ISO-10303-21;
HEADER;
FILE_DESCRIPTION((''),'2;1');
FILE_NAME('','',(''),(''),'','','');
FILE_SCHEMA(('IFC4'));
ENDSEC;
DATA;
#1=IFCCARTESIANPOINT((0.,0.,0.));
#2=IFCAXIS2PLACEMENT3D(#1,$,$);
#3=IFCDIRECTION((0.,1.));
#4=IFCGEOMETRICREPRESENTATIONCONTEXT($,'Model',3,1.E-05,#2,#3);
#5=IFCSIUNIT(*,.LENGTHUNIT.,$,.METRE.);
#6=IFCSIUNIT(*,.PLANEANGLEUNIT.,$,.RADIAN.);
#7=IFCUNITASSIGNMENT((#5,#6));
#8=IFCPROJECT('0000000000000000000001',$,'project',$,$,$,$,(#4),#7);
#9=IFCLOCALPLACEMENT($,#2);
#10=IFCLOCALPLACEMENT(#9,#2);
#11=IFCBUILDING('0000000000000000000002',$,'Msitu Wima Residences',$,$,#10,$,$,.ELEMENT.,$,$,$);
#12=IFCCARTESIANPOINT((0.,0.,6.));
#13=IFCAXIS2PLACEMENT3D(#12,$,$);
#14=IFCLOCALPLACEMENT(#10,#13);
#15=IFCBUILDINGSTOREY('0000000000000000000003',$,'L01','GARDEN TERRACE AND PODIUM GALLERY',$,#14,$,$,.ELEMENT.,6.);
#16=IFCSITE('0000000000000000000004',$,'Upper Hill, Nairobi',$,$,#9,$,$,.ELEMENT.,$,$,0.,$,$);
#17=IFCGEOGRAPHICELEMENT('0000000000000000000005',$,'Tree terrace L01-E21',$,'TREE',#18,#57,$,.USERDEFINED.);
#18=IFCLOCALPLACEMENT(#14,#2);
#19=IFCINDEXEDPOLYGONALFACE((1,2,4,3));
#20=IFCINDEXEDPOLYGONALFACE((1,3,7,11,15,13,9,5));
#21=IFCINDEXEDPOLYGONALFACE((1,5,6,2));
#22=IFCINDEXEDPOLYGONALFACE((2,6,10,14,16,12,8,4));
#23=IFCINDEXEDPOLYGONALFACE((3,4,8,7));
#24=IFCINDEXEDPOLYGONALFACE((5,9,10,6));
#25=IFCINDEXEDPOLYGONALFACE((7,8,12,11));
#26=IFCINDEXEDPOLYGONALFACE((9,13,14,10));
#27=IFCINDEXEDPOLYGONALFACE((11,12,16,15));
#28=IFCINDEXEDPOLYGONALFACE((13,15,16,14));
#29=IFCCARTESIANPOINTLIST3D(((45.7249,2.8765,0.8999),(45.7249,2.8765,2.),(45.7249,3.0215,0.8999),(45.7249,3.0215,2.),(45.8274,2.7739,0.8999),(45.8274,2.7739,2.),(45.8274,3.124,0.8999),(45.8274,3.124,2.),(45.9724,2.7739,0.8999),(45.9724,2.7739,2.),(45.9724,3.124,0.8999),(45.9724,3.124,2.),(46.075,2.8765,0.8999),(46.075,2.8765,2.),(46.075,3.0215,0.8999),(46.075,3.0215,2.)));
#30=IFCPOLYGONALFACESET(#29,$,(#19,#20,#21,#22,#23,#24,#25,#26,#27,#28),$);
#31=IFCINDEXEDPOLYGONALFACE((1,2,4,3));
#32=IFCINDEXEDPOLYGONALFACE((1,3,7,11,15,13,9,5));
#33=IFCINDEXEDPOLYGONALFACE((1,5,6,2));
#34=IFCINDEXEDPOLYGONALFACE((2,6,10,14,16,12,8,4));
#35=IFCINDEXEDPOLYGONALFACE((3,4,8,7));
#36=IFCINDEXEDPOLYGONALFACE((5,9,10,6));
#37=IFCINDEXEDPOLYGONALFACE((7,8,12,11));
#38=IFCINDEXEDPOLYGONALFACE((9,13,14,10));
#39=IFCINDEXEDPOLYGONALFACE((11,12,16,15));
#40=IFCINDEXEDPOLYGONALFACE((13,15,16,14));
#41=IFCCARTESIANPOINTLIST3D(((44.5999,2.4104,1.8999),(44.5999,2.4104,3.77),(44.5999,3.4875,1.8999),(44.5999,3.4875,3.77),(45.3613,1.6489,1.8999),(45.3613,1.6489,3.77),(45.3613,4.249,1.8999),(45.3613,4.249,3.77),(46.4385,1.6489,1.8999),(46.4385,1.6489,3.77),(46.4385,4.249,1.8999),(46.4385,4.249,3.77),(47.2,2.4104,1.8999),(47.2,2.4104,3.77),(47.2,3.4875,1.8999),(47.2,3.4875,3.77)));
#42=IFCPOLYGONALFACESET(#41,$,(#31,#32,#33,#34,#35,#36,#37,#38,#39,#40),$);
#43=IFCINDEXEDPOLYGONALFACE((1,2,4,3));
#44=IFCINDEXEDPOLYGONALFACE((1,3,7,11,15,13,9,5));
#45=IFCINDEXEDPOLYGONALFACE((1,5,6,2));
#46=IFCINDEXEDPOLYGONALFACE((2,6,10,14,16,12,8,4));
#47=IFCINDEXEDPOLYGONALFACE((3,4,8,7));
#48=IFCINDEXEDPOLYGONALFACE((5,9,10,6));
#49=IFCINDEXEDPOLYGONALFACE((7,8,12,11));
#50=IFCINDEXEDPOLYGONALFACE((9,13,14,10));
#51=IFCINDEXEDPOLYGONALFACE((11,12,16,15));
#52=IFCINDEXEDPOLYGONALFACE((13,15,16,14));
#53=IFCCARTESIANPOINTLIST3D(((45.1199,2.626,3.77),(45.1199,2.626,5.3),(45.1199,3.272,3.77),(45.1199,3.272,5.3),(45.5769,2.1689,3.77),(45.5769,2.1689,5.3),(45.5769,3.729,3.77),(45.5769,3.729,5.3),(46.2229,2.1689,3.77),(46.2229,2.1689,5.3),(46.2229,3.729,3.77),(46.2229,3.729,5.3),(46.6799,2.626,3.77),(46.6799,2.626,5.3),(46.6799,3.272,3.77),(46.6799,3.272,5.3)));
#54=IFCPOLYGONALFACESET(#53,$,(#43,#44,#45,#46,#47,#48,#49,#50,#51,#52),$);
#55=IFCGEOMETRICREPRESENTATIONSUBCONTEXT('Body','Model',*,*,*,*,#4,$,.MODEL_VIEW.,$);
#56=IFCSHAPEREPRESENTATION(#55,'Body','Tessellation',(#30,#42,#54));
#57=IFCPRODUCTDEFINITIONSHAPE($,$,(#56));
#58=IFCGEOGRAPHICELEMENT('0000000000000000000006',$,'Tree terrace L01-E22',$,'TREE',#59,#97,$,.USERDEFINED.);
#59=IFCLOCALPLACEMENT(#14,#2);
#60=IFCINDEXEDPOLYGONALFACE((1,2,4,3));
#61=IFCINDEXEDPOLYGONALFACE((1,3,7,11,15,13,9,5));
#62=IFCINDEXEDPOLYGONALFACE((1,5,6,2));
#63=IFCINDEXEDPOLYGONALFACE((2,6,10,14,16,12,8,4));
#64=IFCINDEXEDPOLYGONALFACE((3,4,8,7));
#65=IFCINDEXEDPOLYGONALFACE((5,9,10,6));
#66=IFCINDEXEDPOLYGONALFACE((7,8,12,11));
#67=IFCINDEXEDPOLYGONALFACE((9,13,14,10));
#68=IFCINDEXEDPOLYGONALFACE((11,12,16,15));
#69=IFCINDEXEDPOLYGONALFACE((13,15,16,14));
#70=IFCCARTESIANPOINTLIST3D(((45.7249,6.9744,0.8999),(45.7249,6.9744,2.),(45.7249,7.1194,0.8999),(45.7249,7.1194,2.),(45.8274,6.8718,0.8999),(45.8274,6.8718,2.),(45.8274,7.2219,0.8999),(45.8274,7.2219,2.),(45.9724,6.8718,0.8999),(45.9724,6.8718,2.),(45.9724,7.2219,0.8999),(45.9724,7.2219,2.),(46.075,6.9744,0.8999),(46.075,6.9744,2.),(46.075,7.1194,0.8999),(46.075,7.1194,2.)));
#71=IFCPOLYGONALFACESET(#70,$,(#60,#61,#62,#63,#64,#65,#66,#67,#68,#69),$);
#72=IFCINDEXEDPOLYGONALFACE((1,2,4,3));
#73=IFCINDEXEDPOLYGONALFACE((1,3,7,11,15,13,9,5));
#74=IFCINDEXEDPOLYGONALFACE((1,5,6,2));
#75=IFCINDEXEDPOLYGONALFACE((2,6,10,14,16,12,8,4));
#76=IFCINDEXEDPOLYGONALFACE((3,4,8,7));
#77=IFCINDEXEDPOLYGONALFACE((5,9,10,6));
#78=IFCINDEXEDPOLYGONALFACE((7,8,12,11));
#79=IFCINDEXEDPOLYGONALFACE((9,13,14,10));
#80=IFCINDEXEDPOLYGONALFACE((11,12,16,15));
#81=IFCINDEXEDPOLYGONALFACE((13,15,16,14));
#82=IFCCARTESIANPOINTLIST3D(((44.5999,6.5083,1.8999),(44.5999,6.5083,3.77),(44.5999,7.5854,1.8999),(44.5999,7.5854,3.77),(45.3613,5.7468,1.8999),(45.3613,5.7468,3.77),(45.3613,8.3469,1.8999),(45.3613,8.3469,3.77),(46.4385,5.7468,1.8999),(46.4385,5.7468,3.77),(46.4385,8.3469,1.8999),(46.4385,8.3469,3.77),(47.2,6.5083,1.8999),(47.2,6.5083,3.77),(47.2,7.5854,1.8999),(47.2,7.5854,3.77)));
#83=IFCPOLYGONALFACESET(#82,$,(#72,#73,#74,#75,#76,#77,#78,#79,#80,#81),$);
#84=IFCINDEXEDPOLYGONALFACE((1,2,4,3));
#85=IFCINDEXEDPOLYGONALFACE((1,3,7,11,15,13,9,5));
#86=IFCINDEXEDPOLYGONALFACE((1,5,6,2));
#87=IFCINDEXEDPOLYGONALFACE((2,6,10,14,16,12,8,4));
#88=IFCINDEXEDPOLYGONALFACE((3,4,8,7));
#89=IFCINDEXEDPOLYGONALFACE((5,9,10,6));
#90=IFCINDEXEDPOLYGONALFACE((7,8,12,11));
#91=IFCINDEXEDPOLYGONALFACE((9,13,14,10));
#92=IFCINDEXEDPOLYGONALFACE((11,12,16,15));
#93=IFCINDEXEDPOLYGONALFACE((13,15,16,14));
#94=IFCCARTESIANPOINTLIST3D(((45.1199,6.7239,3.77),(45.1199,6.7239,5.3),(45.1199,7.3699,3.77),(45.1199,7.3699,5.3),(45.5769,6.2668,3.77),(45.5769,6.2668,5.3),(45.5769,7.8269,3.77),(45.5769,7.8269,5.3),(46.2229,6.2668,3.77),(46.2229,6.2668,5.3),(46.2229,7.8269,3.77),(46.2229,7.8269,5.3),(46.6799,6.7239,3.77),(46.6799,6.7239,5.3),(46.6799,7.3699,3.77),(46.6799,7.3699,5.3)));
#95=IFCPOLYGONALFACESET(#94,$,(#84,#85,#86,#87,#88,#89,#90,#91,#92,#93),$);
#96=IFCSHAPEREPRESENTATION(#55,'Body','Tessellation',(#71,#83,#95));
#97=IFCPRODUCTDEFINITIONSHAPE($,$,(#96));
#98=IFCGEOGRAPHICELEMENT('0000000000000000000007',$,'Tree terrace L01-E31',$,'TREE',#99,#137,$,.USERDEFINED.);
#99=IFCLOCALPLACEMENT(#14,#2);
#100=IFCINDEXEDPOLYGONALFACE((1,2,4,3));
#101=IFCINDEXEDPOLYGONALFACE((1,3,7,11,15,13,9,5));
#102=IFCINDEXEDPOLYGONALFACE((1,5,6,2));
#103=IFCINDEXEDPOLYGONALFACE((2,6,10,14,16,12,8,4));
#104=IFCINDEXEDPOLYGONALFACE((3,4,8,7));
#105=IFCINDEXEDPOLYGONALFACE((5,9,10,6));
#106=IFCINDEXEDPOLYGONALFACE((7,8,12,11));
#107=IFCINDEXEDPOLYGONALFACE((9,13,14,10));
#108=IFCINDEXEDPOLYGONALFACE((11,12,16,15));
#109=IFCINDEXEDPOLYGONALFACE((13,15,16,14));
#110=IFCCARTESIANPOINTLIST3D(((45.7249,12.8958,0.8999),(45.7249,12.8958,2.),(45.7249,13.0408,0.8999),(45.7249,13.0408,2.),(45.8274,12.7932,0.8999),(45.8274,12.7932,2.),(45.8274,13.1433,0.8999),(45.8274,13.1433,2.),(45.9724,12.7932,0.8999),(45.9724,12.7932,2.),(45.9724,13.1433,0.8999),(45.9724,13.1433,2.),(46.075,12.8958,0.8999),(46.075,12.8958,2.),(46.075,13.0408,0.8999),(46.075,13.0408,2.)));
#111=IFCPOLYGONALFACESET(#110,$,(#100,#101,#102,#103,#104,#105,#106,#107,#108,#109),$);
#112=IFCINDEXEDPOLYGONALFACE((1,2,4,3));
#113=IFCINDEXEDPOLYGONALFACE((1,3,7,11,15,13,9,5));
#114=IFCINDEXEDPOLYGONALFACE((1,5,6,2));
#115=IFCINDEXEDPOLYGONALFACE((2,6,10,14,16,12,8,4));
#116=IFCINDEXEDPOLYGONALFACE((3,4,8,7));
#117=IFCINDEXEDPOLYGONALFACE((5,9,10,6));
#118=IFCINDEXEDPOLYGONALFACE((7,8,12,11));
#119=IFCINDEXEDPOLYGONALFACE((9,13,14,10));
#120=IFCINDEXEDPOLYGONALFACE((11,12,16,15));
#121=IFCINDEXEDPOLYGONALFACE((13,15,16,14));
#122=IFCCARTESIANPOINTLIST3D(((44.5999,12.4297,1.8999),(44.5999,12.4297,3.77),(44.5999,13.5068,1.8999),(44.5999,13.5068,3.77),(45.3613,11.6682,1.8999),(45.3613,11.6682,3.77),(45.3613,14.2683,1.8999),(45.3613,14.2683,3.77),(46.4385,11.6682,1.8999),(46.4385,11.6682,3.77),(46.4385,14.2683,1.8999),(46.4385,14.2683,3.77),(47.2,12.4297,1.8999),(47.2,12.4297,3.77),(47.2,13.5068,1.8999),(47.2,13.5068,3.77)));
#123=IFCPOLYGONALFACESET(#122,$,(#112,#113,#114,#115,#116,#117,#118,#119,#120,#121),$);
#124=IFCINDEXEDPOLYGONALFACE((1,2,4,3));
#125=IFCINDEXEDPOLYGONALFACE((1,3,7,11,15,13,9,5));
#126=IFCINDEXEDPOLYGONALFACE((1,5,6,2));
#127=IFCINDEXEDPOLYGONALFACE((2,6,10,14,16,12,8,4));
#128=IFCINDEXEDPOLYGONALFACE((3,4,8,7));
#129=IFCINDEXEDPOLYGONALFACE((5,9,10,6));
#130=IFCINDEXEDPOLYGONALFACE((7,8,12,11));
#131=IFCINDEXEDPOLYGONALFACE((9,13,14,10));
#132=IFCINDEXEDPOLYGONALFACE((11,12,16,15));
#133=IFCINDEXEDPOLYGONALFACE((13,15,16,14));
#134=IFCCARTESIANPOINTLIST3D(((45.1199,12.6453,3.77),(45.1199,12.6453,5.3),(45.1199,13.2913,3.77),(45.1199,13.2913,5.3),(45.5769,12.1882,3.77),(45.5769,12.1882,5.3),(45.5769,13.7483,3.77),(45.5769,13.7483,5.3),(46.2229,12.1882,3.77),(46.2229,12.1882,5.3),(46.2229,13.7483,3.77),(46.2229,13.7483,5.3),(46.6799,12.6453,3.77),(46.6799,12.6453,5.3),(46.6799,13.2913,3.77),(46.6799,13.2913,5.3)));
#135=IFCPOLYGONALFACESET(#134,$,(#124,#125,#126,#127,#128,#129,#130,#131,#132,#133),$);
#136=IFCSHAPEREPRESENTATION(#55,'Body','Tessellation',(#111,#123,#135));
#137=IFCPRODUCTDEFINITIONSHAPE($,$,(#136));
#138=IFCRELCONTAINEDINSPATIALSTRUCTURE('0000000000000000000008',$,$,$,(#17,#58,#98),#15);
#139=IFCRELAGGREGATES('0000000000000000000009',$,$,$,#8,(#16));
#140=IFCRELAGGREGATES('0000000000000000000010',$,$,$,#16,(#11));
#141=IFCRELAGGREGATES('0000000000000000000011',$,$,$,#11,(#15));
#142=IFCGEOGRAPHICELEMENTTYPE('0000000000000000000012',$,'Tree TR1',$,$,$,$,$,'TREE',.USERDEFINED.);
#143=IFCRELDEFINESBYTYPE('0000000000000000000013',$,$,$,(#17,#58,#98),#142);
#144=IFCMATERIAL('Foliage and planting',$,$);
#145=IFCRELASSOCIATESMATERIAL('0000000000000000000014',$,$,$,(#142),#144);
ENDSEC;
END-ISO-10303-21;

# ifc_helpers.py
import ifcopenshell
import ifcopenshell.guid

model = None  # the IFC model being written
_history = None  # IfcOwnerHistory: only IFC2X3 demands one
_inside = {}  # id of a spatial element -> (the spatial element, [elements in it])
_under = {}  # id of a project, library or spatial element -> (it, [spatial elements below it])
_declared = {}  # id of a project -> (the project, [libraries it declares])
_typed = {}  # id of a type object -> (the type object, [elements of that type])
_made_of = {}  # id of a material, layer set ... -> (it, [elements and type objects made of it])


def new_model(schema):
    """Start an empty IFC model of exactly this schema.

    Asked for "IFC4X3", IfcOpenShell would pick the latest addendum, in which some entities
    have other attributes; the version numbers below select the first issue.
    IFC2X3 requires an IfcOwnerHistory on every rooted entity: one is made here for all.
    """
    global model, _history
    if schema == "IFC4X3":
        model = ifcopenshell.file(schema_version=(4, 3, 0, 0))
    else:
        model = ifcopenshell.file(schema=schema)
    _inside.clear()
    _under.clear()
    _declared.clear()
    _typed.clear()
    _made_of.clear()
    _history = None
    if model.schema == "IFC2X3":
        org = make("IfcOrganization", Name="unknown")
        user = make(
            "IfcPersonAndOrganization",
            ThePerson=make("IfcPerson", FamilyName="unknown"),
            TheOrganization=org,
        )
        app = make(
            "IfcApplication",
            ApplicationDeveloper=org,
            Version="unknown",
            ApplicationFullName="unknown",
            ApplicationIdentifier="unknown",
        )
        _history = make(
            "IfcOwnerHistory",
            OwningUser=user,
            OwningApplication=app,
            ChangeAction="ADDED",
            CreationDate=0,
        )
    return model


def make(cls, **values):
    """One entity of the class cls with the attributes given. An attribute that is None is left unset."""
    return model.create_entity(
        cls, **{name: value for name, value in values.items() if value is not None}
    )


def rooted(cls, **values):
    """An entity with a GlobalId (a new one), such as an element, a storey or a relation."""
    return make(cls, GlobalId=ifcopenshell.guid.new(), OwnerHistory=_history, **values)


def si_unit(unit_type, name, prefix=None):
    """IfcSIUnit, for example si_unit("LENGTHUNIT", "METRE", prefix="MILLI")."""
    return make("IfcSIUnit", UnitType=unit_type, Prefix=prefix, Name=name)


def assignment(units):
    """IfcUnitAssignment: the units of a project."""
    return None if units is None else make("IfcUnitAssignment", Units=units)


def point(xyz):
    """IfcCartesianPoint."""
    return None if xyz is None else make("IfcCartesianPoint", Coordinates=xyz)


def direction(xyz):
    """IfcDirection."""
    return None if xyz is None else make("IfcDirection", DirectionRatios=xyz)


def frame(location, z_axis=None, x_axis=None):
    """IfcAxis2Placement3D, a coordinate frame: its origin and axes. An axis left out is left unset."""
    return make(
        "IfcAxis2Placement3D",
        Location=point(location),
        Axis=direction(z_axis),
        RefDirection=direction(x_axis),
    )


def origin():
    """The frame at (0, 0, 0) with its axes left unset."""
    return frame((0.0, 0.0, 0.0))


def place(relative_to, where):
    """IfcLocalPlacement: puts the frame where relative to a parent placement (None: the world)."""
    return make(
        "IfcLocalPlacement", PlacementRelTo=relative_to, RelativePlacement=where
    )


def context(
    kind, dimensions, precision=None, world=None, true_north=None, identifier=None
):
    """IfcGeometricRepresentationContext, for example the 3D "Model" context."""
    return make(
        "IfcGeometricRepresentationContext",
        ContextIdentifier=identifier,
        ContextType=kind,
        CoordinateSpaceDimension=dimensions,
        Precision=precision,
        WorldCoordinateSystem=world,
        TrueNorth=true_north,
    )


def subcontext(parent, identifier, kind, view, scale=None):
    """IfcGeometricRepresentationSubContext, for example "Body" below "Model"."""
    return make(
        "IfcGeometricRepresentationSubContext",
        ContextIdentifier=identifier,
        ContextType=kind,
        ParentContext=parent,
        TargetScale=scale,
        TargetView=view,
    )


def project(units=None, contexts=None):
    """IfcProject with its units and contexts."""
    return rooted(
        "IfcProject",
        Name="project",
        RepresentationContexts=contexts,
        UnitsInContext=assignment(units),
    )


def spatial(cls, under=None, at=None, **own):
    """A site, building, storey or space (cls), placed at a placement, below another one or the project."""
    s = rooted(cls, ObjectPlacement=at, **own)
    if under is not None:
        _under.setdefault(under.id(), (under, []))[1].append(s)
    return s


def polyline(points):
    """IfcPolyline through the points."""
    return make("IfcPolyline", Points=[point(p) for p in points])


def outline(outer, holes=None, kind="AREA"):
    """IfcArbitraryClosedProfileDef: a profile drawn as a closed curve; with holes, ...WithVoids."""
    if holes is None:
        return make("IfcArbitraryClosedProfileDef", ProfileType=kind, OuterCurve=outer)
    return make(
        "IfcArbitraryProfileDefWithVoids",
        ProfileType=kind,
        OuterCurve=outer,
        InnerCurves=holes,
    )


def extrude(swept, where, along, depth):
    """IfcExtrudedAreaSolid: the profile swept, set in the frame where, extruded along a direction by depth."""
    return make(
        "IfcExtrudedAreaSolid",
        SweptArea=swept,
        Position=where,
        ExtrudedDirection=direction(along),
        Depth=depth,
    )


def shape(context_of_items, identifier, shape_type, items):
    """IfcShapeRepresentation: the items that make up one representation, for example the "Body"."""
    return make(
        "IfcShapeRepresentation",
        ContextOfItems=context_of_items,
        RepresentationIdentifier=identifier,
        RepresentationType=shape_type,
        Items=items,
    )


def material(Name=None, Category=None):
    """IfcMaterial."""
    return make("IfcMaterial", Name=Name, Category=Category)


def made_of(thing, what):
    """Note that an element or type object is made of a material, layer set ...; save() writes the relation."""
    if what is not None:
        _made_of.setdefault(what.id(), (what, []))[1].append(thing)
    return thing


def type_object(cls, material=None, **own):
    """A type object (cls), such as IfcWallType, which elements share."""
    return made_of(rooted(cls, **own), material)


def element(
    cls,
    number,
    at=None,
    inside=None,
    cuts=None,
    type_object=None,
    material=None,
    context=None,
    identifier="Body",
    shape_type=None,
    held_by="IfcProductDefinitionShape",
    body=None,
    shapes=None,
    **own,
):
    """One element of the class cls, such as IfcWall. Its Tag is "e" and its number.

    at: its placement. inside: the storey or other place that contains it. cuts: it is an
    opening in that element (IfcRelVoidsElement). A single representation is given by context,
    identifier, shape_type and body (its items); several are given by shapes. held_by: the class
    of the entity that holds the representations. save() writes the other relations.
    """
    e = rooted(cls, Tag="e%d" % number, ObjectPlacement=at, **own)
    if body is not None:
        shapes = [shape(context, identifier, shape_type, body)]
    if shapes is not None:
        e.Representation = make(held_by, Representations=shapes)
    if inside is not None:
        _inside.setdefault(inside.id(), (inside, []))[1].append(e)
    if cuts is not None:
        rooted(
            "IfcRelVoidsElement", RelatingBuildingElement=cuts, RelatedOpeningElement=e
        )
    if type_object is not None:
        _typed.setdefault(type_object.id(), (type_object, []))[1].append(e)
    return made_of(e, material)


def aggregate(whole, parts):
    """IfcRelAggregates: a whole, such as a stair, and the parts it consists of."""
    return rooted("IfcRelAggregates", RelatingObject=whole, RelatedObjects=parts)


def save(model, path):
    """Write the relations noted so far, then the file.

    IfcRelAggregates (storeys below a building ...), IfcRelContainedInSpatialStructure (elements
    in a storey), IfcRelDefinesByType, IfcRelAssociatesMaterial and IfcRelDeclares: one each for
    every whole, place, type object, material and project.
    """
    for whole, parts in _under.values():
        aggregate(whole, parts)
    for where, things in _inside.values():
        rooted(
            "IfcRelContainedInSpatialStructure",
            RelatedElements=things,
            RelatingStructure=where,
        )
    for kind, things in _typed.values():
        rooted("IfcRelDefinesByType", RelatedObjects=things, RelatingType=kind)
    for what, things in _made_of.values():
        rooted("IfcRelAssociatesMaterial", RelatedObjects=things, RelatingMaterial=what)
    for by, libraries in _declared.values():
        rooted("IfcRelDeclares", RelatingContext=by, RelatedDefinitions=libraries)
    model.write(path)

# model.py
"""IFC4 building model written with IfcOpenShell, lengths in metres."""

from ifc_helpers import new_model, si_unit, direction, frame, origin, place, context, subcontext, project, spatial, polyline, outline, extrude, material, type_object, element, save


model = new_model("IFC4")

# Units and contexts
model_context = context("Model", 3, precision=1e-05, world=origin(), true_north=direction((0.0, 1.0)))
body_context = subcontext(model_context, "Body", "Model", "MODEL_VIEW")
ifc_project = project(units=[si_unit("LENGTHUNIT", "METRE"), si_unit("PLANEANGLEUNIT", "RADIAN")], contexts=[model_context])

# Site, building, storey
site_placement = place(None, origin())
site = spatial("IfcSite", under=ifc_project, at=site_placement, Name="Upper Hill, Nairobi", CompositionType="ELEMENT", RefElevation=0.0)
building_placement = place(site_placement, origin())
building = spatial("IfcBuilding", under=site, at=building_placement, Name="Msitu Wima Residences", CompositionType="ELEMENT")
storey_placement = place(building_placement, frame((0.0, 0.0, 6.0)))
storey = spatial("IfcBuildingStorey", under=building, at=storey_placement, Name="L01", Description="GARDEN TERRACE AND PODIUM GALLERY", CompositionType="ELEMENT", Elevation=6.0)

# Geographic elements
ifc_material_1 = material(Name="Foliage and planting")
geographic_element_type = type_object("IfcGeographicElementType", Name="Tree TR1", ElementType="TREE", PredefinedType="USERDEFINED", material=ifc_material_1)
for number, where, z_axis, x_axis, name in (
    (1, (45.8999, 2.949, 0.8999), (0.0, 0.0, 1.0), (1.0, 0.0, 0.0), "Tree terrace L01-E21"),
    (2, (45.8999, 7.0469, 0.8999), (0.0, 0.0, 1.0), (1.0, 0.0, 0.0), "Tree terrace L01-E22"),
    (3, (45.8999, 12.9683, 0.8999), (0.0, 0.0, 1.0), (1.0, 0.0, 0.0), "Tree terrace L01-E31"),
):
    element("IfcGeographicElement", number, at=place(storey_placement, frame(where, z_axis=z_axis, x_axis=x_axis)), inside=storey, type_object=geographic_element_type, Name=name, ObjectType="TREE", PredefinedType="USERDEFINED", context=body_context, shape_type="SweptSolid", body=[
        extrude(outline(polyline([(0.175, 0.0725), (0.0725, 0.175), (-0.0725, 0.175), (-0.175, 0.0725), (-0.175, -0.0725), (-0.0725, -0.175), (0.0725, -0.175), (0.175, -0.0725), (0.175, 0.0725)])), origin(), (0.0, 0.0, 1.0), 1.1001),
        extrude(outline(polyline([(1.3, 0.5386), (0.5386, 1.3), (-0.5386, 1.3), (-1.3, 0.5386), (-1.3, -0.5386), (-0.5386, -1.3), (0.5386, -1.3), (1.3, -0.5386), (1.3, 0.5386)])), frame((0.0, 0.0, 1.0)), (0.0, 0.0, 1.0), 1.8701),
        extrude(outline(polyline([(0.78, 0.323), (0.323, 0.78), (-0.323, 0.78), (-0.78, 0.323), (-0.78, -0.323), (-0.323, -0.78), (0.323, -0.78), (0.78, -0.323), (0.78, 0.323)])), frame((0.0, 0.0, 2.8701)), (0.0, 0.0, 1.0), 1.53),
    ])

save(model, "model.ifc")
